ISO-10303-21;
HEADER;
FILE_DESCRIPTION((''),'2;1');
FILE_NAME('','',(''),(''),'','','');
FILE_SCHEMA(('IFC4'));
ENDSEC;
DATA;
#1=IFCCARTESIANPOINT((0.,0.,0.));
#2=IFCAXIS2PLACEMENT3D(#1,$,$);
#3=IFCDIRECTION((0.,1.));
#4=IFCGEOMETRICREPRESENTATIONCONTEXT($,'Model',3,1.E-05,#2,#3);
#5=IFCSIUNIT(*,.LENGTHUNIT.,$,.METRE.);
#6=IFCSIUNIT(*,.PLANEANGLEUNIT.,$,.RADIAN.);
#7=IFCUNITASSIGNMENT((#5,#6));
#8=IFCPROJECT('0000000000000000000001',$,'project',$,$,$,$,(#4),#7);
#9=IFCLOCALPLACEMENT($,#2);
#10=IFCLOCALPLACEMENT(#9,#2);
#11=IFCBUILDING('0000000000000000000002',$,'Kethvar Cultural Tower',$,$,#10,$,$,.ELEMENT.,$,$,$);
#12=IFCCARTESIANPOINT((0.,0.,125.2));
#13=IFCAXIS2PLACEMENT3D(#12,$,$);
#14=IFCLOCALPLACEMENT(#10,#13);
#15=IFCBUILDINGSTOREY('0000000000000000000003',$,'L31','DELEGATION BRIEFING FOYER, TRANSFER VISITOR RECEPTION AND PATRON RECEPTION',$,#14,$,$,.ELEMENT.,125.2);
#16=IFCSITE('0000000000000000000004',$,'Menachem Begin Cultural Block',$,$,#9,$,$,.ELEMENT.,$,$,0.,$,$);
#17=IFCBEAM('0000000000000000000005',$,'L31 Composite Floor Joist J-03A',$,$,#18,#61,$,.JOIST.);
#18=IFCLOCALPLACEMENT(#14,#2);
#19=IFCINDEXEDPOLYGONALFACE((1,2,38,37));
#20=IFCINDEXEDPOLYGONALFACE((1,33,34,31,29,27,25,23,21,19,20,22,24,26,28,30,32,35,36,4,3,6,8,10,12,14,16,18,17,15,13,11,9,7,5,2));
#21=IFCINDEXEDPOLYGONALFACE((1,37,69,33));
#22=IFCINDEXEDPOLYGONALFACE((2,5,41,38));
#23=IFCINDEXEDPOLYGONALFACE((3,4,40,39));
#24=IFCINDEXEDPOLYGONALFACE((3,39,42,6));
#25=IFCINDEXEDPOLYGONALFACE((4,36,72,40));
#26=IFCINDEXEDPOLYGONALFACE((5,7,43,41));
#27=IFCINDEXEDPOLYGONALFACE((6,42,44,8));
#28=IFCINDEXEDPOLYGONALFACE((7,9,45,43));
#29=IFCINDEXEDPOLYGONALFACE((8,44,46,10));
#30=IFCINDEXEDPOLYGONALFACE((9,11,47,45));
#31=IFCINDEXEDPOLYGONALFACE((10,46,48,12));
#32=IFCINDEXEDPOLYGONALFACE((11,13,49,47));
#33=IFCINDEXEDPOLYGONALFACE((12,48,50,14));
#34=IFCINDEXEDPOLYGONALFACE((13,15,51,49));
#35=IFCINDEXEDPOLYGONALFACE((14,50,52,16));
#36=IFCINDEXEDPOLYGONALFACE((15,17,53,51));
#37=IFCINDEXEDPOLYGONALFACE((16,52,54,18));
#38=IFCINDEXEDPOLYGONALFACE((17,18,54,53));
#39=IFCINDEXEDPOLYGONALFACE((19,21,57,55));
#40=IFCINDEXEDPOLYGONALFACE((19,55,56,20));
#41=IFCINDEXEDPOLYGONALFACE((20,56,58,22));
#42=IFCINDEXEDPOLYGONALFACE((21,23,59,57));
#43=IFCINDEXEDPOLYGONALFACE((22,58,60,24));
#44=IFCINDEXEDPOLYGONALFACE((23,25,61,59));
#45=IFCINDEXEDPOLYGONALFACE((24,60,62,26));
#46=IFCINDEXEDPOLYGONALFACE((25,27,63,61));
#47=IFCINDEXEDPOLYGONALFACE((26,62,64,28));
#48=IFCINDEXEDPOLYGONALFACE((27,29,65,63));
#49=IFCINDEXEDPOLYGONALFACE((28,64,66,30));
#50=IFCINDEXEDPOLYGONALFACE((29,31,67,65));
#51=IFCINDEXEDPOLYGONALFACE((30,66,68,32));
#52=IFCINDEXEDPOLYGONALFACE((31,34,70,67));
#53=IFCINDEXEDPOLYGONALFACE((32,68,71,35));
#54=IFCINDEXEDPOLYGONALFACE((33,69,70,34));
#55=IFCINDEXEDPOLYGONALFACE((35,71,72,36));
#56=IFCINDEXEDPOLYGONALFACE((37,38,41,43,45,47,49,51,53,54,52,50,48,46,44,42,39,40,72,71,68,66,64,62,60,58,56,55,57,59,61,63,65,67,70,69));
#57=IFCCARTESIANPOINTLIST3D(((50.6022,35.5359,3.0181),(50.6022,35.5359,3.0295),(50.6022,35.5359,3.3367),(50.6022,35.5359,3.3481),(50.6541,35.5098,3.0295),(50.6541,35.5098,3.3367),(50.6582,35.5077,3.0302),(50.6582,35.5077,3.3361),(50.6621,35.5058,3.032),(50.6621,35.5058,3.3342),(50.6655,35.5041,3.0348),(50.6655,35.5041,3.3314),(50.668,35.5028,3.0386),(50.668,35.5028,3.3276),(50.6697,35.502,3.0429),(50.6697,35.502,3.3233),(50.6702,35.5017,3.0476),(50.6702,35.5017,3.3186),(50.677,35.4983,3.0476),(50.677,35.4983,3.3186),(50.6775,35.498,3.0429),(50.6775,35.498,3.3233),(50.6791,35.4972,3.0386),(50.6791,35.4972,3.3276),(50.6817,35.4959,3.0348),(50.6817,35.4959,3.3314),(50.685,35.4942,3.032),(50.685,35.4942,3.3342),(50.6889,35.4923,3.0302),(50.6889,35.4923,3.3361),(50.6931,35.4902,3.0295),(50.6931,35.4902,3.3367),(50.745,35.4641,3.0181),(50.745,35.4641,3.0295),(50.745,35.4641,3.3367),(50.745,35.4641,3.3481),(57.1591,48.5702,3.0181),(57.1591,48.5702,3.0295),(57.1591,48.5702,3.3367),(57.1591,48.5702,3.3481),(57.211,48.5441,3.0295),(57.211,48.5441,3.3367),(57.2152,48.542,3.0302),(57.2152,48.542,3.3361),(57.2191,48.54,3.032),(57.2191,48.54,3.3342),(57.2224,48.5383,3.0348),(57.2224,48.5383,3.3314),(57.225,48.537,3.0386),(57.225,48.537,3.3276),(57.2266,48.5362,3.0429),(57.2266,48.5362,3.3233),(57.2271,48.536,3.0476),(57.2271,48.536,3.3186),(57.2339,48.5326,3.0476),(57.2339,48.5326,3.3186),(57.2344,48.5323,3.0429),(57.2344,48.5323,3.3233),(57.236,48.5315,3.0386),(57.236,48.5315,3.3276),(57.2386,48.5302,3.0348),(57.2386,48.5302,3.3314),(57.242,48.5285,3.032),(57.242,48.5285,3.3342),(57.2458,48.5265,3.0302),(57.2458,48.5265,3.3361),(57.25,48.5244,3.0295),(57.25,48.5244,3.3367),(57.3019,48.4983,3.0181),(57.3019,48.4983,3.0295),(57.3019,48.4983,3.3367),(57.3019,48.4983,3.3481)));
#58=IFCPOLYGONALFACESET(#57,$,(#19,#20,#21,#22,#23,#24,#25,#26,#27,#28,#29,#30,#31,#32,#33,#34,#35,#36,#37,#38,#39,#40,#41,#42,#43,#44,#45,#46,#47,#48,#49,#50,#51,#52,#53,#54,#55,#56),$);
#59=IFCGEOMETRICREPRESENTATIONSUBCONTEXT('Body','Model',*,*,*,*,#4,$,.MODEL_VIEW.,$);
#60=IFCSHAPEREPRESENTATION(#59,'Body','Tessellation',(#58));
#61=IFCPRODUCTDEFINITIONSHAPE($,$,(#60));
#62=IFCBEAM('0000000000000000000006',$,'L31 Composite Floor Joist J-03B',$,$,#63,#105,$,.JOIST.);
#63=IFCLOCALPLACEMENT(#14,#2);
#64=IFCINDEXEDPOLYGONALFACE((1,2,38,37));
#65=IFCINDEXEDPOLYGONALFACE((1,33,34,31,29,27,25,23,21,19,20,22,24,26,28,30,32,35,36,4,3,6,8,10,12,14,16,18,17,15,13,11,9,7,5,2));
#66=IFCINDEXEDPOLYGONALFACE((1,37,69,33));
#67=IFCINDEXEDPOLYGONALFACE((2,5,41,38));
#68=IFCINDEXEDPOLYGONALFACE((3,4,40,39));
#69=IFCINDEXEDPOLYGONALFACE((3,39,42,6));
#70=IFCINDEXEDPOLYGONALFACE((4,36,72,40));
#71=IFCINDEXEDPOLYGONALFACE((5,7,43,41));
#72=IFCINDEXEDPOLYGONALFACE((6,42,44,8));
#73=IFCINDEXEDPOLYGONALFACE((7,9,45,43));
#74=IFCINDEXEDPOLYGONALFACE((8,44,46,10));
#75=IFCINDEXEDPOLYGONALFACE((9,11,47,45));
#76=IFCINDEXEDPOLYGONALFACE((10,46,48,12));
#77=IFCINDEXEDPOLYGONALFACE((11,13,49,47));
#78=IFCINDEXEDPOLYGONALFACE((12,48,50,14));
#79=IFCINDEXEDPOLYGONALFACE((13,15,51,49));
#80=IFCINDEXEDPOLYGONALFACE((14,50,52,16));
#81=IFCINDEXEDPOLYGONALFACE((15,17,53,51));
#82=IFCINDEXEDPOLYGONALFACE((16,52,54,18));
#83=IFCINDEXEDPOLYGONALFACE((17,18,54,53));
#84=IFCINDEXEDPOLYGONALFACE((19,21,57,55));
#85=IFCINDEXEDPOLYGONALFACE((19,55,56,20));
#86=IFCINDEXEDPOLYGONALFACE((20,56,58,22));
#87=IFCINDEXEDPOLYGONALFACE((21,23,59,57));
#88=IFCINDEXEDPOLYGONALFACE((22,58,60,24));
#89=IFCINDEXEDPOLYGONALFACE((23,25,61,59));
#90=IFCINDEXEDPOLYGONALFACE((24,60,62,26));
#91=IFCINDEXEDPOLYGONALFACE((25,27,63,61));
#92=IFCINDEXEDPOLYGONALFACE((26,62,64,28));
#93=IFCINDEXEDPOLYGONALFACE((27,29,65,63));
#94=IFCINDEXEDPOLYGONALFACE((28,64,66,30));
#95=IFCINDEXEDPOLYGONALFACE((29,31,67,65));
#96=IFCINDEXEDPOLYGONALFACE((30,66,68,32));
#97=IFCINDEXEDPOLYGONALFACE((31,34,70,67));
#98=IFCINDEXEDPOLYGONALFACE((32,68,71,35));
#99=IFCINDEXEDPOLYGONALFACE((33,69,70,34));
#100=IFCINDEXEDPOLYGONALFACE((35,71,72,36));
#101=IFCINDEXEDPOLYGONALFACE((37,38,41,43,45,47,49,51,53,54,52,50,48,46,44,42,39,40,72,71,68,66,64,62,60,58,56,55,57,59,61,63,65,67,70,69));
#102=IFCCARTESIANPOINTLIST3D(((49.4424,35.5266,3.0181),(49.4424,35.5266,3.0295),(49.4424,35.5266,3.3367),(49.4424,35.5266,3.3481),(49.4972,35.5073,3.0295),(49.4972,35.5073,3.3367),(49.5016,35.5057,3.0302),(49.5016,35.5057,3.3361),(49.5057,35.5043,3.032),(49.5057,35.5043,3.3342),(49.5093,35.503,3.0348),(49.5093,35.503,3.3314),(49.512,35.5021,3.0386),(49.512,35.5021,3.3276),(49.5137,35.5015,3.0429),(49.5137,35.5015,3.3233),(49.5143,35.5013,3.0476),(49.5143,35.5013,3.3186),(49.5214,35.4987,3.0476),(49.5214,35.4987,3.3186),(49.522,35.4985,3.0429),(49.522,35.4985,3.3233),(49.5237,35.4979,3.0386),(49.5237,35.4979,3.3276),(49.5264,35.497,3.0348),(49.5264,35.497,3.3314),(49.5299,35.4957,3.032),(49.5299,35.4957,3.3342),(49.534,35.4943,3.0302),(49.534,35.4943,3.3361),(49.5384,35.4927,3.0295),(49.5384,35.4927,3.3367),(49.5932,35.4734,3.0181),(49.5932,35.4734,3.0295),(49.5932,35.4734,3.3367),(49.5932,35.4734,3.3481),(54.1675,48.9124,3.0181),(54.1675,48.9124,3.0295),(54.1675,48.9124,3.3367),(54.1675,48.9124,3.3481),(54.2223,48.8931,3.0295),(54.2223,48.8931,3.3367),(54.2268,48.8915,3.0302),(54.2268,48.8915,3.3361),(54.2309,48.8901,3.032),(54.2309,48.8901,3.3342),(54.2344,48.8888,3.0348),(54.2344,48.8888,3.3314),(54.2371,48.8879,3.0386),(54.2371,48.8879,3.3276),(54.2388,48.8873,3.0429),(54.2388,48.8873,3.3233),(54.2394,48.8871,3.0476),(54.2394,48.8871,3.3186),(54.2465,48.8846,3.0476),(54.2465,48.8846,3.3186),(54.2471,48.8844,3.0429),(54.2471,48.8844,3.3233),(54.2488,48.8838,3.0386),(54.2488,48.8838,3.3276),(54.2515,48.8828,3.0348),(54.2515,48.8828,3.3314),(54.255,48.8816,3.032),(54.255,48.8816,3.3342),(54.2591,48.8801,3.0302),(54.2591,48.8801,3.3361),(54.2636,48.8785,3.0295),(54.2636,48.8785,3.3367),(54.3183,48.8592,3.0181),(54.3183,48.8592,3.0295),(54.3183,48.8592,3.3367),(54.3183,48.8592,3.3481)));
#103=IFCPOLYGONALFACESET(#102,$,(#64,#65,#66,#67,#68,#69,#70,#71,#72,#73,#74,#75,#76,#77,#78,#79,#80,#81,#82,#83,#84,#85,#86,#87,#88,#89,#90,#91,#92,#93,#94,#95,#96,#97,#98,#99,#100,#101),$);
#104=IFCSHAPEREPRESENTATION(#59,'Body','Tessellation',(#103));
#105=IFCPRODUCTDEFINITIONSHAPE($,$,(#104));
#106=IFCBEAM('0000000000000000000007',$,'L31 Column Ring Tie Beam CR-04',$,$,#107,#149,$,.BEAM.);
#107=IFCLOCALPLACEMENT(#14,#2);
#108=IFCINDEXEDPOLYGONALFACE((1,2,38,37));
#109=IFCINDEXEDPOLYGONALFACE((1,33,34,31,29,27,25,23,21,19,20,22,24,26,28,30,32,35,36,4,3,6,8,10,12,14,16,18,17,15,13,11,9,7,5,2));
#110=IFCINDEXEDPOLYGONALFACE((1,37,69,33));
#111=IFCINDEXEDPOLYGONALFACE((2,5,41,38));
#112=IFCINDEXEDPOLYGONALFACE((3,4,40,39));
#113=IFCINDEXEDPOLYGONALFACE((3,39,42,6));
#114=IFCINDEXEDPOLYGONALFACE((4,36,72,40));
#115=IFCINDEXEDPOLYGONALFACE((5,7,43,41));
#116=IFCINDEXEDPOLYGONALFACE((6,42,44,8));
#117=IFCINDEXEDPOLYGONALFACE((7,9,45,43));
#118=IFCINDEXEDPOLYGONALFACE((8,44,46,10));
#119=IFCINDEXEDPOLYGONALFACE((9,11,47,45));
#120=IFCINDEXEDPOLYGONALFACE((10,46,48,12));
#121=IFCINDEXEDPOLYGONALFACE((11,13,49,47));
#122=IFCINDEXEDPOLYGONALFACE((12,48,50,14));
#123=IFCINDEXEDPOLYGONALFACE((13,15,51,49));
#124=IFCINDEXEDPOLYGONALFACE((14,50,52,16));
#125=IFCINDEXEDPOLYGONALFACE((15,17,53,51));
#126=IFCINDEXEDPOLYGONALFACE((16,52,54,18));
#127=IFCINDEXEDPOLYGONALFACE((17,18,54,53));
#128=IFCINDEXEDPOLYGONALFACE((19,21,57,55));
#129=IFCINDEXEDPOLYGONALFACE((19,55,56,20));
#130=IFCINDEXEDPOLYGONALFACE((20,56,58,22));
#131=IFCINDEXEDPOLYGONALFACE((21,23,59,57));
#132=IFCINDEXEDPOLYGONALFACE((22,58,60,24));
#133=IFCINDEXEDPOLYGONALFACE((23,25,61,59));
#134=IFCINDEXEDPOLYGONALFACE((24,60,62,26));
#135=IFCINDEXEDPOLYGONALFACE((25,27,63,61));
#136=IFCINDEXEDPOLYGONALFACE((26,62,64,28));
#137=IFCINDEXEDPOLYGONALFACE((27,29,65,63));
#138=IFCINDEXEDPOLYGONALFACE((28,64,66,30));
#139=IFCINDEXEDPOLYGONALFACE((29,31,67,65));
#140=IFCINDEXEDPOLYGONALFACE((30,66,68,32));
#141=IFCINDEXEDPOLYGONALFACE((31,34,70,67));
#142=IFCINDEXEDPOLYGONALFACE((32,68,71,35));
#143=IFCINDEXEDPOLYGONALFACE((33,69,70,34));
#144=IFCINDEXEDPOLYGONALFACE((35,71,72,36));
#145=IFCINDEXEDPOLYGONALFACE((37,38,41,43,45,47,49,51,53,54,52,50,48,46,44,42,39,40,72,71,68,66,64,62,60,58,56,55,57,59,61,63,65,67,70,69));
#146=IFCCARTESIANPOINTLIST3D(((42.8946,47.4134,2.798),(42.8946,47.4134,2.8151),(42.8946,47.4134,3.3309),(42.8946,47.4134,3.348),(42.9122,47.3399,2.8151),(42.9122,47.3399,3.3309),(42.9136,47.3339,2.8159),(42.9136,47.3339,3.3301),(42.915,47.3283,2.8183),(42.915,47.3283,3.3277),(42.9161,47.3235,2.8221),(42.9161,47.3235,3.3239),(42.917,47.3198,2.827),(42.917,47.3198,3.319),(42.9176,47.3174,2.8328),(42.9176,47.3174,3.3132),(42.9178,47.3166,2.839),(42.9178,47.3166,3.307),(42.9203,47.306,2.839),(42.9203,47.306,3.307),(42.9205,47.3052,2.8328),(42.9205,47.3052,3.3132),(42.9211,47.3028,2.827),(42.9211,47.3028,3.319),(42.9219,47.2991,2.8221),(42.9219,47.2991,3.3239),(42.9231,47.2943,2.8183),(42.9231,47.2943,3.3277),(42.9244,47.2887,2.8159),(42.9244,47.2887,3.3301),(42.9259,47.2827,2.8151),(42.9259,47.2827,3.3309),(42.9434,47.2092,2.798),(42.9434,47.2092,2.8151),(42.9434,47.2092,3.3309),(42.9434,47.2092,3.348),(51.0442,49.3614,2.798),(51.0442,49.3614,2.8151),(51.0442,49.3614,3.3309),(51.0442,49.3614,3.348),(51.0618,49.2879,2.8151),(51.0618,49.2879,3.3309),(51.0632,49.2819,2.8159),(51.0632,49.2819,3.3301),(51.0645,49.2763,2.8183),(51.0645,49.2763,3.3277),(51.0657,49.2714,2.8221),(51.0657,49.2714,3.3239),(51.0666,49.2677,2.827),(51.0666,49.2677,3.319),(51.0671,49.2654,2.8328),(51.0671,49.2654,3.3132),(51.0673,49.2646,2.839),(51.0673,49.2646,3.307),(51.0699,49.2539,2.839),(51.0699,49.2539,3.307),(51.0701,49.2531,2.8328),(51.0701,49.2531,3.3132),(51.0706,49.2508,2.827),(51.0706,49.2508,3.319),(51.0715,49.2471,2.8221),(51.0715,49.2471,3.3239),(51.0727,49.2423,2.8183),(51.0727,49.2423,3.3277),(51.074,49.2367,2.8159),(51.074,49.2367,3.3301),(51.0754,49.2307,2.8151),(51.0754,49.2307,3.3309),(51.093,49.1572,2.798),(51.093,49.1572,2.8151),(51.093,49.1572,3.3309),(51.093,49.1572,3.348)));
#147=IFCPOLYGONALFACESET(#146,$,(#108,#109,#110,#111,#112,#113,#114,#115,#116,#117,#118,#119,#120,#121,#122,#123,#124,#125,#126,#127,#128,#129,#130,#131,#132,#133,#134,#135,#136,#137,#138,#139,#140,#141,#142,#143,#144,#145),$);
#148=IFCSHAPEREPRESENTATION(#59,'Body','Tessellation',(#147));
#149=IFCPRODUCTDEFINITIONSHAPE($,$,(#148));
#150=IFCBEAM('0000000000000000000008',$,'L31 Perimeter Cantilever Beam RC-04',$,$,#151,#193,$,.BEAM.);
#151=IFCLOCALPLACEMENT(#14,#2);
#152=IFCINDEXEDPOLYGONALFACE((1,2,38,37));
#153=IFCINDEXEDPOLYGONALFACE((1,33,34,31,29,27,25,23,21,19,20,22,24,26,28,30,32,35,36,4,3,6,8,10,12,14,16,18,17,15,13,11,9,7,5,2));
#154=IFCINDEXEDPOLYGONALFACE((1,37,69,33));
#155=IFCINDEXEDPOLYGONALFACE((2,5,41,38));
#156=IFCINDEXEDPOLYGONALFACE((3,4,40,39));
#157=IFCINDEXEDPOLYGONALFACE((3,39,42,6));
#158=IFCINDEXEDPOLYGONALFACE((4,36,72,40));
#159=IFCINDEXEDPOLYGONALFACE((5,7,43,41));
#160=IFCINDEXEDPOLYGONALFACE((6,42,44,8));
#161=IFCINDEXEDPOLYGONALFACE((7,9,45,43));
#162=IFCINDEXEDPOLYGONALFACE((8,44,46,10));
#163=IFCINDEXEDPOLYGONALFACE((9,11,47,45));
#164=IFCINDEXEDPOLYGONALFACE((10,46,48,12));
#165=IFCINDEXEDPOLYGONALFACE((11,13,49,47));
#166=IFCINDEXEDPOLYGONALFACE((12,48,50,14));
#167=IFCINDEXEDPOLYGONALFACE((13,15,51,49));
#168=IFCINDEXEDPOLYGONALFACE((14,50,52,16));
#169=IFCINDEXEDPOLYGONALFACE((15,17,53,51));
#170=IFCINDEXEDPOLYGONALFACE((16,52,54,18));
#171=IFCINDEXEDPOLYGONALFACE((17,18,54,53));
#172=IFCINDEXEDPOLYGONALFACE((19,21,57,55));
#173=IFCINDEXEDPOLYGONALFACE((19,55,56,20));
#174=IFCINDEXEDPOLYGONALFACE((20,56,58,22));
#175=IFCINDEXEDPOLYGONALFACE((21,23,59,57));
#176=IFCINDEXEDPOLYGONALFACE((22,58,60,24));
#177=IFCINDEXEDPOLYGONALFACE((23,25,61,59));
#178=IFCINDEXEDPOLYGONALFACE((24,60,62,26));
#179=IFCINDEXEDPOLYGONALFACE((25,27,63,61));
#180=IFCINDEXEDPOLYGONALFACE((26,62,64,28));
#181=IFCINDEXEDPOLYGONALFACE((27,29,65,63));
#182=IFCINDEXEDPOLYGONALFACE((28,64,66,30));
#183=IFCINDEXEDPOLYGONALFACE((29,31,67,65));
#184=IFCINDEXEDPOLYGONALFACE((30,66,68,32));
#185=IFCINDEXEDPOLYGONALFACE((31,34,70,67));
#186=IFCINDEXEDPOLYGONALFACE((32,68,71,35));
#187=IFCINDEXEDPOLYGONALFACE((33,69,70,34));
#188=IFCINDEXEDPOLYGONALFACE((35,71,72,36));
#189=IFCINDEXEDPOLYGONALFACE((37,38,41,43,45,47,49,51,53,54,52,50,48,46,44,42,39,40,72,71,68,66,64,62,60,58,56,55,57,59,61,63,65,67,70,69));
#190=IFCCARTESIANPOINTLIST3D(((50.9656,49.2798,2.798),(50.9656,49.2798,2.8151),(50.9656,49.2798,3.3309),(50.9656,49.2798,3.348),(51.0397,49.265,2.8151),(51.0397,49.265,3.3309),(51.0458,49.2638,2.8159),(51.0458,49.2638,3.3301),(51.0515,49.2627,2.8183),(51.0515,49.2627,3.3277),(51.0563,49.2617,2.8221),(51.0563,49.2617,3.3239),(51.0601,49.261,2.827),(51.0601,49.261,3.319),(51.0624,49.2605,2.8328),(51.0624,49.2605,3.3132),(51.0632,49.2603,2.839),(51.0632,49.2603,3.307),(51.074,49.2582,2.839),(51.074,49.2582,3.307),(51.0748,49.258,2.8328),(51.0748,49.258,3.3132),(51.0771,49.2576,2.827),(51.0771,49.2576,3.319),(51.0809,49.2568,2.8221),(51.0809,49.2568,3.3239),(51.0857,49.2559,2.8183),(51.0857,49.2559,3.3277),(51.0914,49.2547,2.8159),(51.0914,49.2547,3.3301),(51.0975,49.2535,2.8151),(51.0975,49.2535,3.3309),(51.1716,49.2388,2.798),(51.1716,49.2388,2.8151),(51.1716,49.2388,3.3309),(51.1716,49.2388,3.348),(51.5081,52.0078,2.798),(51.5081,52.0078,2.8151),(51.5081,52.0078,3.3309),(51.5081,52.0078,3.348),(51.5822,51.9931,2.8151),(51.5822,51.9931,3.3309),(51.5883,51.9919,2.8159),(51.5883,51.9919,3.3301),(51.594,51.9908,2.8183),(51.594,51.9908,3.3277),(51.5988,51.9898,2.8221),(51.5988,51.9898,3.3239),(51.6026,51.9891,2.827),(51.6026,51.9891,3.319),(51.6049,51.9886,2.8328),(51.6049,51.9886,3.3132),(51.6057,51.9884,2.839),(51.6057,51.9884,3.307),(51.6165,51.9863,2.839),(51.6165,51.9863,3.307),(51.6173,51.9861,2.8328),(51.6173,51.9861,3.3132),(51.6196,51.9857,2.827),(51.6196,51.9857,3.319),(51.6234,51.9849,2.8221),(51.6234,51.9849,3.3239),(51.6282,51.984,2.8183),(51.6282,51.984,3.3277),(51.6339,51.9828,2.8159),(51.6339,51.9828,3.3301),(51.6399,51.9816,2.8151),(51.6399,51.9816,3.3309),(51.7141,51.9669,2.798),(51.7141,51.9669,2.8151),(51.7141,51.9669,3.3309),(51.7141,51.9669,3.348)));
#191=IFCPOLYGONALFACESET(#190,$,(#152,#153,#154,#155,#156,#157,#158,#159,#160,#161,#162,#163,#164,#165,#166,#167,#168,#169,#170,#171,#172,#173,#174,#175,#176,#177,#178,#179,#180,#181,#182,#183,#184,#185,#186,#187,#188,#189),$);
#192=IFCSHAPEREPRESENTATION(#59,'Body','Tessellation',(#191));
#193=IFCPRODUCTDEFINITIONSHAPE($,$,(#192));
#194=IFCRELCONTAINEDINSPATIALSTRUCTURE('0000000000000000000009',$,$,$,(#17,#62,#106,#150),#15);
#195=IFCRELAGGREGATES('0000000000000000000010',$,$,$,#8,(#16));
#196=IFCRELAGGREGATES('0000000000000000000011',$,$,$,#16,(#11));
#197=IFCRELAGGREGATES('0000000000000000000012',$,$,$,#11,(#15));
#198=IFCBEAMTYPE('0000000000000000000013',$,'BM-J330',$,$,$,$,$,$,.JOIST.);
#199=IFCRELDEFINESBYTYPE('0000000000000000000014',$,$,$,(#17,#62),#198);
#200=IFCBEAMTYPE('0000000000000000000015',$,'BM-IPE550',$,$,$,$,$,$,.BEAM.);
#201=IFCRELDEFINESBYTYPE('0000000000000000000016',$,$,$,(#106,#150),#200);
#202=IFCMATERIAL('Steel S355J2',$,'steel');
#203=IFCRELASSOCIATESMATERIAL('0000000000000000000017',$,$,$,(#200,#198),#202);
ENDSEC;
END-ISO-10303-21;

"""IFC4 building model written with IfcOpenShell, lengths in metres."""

from ifc_helpers import new_model, si_unit, direction, frame, origin, origin_2d, place, context, subcontext, project, spatial, i_section, extrude, source, transform, mapped, material, material_profile, profile_set, type_object, element, save


model = new_model("IFC4")

# Units and contexts
model_context = context("Model", 3, precision=1e-05, world=origin(), true_north=direction((0.0, 1.0)))
body_context = subcontext(model_context, "Body", "Model", "MODEL_VIEW")
ifc_project = project(units=[si_unit("LENGTHUNIT", "METRE"), si_unit("PLANEANGLEUNIT", "RADIAN")], contexts=[model_context])

# Site, building, storey
site_placement = place(None, origin())
site = spatial("IfcSite", under=ifc_project, at=site_placement, Name="Menachem Begin Cultural Block", CompositionType="ELEMENT", RefElevation=0.0)
building_placement = place(site_placement, origin())
building = spatial("IfcBuilding", under=site, at=building_placement, Name="Kethvar Cultural Tower", CompositionType="ELEMENT")
storey_placement = place(building_placement, frame((0.0, 0.0, 125.2)))
storey = spatial("IfcBuildingStorey", under=building, at=storey_placement, Name="L31", Description="DELEGATION BRIEFING FOYER, TRANSFER VISITOR RECEPTION AND PATRON RECEPTION", CompositionType="ELEMENT", Elevation=125.2)

# Beams
ifc_material_1 = material(Name="Steel S355J2", Category="steel")
ifc_material_profile_1 = material_profile(ifc_material_1, i_section(OverallWidth=0.21, OverallDepth=0.55, WebThickness=0.011, FlangeThickness=0.0171, FilletRadius=0.0239, at=origin_2d()), Name="Steel S355J2 — IPE550")
ifc_profile_set_1 = profile_set([ifc_material_profile_1], Name="Steel S355J2 — IPE550")
beam_type_1 = type_object("IfcBeamType", Name="BM-IPE550", PredefinedType="BEAM", material=ifc_profile_set_1)
ifc_material_profile_2 = material_profile(ifc_material_1, i_section(OverallWidth=0.1599, OverallDepth=0.3301, WebThickness=0.0076, FlangeThickness=0.0115, FilletRadius=0.0181, at=origin_2d()), Name="Steel S355J2 — IPE330")
ifc_profile_set_2 = profile_set([ifc_material_profile_2], Name="Steel S355J2 — IPE330")
beam_type_2 = type_object("IfcBeamType", Name="BM-J330", PredefinedType="JOIST", material=ifc_profile_set_2)
shared_shape_1 = source(origin(), body_context, "Body", "SweptSolid", [
    extrude(i_section(OverallWidth=0.1599, OverallDepth=0.3301, WebThickness=0.0076, FlangeThickness=0.0115, FilletRadius=0.0181, at=origin_2d()), origin(), (0.0, 0.0, 1.0), 14.5906),
])
beam_1_placement = place(storey_placement, frame((50.6736, 35.5, 3.1831), z_axis=(0.449394, 0.893334, 0.0), x_axis=(-0.893334, 0.449394, 0.0)))
element("IfcBeam", 1, at=beam_1_placement, inside=storey, type_object=beam_type_2, Name="L31 Composite Floor Joist J-03A", PredefinedType="JOIST", context=body_context, shape_type="MappedRepresentation", body=[
    mapped(shared_shape_1, transform((0.0, 0.0, 0.0), scale=1.0)),
])
shared_shape_2 = source(origin(), body_context, "Body", "SweptSolid", [
    extrude(i_section(OverallWidth=0.1599, OverallDepth=0.3301, WebThickness=0.0076, FlangeThickness=0.0115, FilletRadius=0.0181, at=origin_2d()), origin(), (0.0, 0.0, 1.0), 14.1953),
])
beam_2_placement = place(storey_placement, frame((49.5178, 35.5, 3.1831), z_axis=(0.332865, 0.942974, 0.0), x_axis=(-0.942974, 0.332865, 0.0)))
element("IfcBeam", 2, at=beam_2_placement, inside=storey, type_object=beam_type_2, Name="L31 Composite Floor Joist J-03B", PredefinedType="JOIST", context=body_context, shape_type="MappedRepresentation", body=[
    mapped(shared_shape_2, transform((0.0, 0.0, 0.0), scale=1.0)),
])
shared_shape_3 = source(origin(), body_context, "Body", "SweptSolid", [
    extrude(i_section(OverallWidth=0.21, OverallDepth=0.55, WebThickness=0.011, FlangeThickness=0.0171, FilletRadius=0.0239, at=origin_2d()), origin(), (0.0, 0.0, 1.0), 8.3792),
])
beam_3_placement = place(storey_placement, frame((51.0686, 49.2593, 3.073), z_axis=(-0.972601, -0.232479, 0.0), x_axis=(0.232479, -0.972601, 0.0)))
element("IfcBeam", 3, at=beam_3_placement, inside=storey, type_object=beam_type_1, Name="L31 Column Ring Tie Beam CR-04", PredefinedType="BEAM", context=body_context, shape_type="MappedRepresentation", body=[
    mapped(shared_shape_3, transform((0.0, 0.0, 0.0), scale=1.0)),
])
shared_shape_4 = source(origin(), body_context, "Body", "SweptSolid", [
    extrude(i_section(OverallWidth=0.21, OverallDepth=0.55, WebThickness=0.011, FlangeThickness=0.0171, FilletRadius=0.0239, at=origin_2d()), origin(), (0.0, 0.0, 1.0), 2.7815),
])
beam_4_placement = place(storey_placement, frame((51.0686, 49.2593, 3.073), z_axis=(0.195036, 0.980796, 0.0), x_axis=(-0.980796, 0.195036, 0.0)))
element("IfcBeam", 4, at=beam_4_placement, inside=storey, type_object=beam_type_1, Name="L31 Perimeter Cantilever Beam RC-04", PredefinedType="BEAM", context=body_context, shape_type="MappedRepresentation", body=[
    mapped(shared_shape_4, transform((0.0, 0.0, 0.0), scale=1.0)),
])

save(model, "model.ifc")
